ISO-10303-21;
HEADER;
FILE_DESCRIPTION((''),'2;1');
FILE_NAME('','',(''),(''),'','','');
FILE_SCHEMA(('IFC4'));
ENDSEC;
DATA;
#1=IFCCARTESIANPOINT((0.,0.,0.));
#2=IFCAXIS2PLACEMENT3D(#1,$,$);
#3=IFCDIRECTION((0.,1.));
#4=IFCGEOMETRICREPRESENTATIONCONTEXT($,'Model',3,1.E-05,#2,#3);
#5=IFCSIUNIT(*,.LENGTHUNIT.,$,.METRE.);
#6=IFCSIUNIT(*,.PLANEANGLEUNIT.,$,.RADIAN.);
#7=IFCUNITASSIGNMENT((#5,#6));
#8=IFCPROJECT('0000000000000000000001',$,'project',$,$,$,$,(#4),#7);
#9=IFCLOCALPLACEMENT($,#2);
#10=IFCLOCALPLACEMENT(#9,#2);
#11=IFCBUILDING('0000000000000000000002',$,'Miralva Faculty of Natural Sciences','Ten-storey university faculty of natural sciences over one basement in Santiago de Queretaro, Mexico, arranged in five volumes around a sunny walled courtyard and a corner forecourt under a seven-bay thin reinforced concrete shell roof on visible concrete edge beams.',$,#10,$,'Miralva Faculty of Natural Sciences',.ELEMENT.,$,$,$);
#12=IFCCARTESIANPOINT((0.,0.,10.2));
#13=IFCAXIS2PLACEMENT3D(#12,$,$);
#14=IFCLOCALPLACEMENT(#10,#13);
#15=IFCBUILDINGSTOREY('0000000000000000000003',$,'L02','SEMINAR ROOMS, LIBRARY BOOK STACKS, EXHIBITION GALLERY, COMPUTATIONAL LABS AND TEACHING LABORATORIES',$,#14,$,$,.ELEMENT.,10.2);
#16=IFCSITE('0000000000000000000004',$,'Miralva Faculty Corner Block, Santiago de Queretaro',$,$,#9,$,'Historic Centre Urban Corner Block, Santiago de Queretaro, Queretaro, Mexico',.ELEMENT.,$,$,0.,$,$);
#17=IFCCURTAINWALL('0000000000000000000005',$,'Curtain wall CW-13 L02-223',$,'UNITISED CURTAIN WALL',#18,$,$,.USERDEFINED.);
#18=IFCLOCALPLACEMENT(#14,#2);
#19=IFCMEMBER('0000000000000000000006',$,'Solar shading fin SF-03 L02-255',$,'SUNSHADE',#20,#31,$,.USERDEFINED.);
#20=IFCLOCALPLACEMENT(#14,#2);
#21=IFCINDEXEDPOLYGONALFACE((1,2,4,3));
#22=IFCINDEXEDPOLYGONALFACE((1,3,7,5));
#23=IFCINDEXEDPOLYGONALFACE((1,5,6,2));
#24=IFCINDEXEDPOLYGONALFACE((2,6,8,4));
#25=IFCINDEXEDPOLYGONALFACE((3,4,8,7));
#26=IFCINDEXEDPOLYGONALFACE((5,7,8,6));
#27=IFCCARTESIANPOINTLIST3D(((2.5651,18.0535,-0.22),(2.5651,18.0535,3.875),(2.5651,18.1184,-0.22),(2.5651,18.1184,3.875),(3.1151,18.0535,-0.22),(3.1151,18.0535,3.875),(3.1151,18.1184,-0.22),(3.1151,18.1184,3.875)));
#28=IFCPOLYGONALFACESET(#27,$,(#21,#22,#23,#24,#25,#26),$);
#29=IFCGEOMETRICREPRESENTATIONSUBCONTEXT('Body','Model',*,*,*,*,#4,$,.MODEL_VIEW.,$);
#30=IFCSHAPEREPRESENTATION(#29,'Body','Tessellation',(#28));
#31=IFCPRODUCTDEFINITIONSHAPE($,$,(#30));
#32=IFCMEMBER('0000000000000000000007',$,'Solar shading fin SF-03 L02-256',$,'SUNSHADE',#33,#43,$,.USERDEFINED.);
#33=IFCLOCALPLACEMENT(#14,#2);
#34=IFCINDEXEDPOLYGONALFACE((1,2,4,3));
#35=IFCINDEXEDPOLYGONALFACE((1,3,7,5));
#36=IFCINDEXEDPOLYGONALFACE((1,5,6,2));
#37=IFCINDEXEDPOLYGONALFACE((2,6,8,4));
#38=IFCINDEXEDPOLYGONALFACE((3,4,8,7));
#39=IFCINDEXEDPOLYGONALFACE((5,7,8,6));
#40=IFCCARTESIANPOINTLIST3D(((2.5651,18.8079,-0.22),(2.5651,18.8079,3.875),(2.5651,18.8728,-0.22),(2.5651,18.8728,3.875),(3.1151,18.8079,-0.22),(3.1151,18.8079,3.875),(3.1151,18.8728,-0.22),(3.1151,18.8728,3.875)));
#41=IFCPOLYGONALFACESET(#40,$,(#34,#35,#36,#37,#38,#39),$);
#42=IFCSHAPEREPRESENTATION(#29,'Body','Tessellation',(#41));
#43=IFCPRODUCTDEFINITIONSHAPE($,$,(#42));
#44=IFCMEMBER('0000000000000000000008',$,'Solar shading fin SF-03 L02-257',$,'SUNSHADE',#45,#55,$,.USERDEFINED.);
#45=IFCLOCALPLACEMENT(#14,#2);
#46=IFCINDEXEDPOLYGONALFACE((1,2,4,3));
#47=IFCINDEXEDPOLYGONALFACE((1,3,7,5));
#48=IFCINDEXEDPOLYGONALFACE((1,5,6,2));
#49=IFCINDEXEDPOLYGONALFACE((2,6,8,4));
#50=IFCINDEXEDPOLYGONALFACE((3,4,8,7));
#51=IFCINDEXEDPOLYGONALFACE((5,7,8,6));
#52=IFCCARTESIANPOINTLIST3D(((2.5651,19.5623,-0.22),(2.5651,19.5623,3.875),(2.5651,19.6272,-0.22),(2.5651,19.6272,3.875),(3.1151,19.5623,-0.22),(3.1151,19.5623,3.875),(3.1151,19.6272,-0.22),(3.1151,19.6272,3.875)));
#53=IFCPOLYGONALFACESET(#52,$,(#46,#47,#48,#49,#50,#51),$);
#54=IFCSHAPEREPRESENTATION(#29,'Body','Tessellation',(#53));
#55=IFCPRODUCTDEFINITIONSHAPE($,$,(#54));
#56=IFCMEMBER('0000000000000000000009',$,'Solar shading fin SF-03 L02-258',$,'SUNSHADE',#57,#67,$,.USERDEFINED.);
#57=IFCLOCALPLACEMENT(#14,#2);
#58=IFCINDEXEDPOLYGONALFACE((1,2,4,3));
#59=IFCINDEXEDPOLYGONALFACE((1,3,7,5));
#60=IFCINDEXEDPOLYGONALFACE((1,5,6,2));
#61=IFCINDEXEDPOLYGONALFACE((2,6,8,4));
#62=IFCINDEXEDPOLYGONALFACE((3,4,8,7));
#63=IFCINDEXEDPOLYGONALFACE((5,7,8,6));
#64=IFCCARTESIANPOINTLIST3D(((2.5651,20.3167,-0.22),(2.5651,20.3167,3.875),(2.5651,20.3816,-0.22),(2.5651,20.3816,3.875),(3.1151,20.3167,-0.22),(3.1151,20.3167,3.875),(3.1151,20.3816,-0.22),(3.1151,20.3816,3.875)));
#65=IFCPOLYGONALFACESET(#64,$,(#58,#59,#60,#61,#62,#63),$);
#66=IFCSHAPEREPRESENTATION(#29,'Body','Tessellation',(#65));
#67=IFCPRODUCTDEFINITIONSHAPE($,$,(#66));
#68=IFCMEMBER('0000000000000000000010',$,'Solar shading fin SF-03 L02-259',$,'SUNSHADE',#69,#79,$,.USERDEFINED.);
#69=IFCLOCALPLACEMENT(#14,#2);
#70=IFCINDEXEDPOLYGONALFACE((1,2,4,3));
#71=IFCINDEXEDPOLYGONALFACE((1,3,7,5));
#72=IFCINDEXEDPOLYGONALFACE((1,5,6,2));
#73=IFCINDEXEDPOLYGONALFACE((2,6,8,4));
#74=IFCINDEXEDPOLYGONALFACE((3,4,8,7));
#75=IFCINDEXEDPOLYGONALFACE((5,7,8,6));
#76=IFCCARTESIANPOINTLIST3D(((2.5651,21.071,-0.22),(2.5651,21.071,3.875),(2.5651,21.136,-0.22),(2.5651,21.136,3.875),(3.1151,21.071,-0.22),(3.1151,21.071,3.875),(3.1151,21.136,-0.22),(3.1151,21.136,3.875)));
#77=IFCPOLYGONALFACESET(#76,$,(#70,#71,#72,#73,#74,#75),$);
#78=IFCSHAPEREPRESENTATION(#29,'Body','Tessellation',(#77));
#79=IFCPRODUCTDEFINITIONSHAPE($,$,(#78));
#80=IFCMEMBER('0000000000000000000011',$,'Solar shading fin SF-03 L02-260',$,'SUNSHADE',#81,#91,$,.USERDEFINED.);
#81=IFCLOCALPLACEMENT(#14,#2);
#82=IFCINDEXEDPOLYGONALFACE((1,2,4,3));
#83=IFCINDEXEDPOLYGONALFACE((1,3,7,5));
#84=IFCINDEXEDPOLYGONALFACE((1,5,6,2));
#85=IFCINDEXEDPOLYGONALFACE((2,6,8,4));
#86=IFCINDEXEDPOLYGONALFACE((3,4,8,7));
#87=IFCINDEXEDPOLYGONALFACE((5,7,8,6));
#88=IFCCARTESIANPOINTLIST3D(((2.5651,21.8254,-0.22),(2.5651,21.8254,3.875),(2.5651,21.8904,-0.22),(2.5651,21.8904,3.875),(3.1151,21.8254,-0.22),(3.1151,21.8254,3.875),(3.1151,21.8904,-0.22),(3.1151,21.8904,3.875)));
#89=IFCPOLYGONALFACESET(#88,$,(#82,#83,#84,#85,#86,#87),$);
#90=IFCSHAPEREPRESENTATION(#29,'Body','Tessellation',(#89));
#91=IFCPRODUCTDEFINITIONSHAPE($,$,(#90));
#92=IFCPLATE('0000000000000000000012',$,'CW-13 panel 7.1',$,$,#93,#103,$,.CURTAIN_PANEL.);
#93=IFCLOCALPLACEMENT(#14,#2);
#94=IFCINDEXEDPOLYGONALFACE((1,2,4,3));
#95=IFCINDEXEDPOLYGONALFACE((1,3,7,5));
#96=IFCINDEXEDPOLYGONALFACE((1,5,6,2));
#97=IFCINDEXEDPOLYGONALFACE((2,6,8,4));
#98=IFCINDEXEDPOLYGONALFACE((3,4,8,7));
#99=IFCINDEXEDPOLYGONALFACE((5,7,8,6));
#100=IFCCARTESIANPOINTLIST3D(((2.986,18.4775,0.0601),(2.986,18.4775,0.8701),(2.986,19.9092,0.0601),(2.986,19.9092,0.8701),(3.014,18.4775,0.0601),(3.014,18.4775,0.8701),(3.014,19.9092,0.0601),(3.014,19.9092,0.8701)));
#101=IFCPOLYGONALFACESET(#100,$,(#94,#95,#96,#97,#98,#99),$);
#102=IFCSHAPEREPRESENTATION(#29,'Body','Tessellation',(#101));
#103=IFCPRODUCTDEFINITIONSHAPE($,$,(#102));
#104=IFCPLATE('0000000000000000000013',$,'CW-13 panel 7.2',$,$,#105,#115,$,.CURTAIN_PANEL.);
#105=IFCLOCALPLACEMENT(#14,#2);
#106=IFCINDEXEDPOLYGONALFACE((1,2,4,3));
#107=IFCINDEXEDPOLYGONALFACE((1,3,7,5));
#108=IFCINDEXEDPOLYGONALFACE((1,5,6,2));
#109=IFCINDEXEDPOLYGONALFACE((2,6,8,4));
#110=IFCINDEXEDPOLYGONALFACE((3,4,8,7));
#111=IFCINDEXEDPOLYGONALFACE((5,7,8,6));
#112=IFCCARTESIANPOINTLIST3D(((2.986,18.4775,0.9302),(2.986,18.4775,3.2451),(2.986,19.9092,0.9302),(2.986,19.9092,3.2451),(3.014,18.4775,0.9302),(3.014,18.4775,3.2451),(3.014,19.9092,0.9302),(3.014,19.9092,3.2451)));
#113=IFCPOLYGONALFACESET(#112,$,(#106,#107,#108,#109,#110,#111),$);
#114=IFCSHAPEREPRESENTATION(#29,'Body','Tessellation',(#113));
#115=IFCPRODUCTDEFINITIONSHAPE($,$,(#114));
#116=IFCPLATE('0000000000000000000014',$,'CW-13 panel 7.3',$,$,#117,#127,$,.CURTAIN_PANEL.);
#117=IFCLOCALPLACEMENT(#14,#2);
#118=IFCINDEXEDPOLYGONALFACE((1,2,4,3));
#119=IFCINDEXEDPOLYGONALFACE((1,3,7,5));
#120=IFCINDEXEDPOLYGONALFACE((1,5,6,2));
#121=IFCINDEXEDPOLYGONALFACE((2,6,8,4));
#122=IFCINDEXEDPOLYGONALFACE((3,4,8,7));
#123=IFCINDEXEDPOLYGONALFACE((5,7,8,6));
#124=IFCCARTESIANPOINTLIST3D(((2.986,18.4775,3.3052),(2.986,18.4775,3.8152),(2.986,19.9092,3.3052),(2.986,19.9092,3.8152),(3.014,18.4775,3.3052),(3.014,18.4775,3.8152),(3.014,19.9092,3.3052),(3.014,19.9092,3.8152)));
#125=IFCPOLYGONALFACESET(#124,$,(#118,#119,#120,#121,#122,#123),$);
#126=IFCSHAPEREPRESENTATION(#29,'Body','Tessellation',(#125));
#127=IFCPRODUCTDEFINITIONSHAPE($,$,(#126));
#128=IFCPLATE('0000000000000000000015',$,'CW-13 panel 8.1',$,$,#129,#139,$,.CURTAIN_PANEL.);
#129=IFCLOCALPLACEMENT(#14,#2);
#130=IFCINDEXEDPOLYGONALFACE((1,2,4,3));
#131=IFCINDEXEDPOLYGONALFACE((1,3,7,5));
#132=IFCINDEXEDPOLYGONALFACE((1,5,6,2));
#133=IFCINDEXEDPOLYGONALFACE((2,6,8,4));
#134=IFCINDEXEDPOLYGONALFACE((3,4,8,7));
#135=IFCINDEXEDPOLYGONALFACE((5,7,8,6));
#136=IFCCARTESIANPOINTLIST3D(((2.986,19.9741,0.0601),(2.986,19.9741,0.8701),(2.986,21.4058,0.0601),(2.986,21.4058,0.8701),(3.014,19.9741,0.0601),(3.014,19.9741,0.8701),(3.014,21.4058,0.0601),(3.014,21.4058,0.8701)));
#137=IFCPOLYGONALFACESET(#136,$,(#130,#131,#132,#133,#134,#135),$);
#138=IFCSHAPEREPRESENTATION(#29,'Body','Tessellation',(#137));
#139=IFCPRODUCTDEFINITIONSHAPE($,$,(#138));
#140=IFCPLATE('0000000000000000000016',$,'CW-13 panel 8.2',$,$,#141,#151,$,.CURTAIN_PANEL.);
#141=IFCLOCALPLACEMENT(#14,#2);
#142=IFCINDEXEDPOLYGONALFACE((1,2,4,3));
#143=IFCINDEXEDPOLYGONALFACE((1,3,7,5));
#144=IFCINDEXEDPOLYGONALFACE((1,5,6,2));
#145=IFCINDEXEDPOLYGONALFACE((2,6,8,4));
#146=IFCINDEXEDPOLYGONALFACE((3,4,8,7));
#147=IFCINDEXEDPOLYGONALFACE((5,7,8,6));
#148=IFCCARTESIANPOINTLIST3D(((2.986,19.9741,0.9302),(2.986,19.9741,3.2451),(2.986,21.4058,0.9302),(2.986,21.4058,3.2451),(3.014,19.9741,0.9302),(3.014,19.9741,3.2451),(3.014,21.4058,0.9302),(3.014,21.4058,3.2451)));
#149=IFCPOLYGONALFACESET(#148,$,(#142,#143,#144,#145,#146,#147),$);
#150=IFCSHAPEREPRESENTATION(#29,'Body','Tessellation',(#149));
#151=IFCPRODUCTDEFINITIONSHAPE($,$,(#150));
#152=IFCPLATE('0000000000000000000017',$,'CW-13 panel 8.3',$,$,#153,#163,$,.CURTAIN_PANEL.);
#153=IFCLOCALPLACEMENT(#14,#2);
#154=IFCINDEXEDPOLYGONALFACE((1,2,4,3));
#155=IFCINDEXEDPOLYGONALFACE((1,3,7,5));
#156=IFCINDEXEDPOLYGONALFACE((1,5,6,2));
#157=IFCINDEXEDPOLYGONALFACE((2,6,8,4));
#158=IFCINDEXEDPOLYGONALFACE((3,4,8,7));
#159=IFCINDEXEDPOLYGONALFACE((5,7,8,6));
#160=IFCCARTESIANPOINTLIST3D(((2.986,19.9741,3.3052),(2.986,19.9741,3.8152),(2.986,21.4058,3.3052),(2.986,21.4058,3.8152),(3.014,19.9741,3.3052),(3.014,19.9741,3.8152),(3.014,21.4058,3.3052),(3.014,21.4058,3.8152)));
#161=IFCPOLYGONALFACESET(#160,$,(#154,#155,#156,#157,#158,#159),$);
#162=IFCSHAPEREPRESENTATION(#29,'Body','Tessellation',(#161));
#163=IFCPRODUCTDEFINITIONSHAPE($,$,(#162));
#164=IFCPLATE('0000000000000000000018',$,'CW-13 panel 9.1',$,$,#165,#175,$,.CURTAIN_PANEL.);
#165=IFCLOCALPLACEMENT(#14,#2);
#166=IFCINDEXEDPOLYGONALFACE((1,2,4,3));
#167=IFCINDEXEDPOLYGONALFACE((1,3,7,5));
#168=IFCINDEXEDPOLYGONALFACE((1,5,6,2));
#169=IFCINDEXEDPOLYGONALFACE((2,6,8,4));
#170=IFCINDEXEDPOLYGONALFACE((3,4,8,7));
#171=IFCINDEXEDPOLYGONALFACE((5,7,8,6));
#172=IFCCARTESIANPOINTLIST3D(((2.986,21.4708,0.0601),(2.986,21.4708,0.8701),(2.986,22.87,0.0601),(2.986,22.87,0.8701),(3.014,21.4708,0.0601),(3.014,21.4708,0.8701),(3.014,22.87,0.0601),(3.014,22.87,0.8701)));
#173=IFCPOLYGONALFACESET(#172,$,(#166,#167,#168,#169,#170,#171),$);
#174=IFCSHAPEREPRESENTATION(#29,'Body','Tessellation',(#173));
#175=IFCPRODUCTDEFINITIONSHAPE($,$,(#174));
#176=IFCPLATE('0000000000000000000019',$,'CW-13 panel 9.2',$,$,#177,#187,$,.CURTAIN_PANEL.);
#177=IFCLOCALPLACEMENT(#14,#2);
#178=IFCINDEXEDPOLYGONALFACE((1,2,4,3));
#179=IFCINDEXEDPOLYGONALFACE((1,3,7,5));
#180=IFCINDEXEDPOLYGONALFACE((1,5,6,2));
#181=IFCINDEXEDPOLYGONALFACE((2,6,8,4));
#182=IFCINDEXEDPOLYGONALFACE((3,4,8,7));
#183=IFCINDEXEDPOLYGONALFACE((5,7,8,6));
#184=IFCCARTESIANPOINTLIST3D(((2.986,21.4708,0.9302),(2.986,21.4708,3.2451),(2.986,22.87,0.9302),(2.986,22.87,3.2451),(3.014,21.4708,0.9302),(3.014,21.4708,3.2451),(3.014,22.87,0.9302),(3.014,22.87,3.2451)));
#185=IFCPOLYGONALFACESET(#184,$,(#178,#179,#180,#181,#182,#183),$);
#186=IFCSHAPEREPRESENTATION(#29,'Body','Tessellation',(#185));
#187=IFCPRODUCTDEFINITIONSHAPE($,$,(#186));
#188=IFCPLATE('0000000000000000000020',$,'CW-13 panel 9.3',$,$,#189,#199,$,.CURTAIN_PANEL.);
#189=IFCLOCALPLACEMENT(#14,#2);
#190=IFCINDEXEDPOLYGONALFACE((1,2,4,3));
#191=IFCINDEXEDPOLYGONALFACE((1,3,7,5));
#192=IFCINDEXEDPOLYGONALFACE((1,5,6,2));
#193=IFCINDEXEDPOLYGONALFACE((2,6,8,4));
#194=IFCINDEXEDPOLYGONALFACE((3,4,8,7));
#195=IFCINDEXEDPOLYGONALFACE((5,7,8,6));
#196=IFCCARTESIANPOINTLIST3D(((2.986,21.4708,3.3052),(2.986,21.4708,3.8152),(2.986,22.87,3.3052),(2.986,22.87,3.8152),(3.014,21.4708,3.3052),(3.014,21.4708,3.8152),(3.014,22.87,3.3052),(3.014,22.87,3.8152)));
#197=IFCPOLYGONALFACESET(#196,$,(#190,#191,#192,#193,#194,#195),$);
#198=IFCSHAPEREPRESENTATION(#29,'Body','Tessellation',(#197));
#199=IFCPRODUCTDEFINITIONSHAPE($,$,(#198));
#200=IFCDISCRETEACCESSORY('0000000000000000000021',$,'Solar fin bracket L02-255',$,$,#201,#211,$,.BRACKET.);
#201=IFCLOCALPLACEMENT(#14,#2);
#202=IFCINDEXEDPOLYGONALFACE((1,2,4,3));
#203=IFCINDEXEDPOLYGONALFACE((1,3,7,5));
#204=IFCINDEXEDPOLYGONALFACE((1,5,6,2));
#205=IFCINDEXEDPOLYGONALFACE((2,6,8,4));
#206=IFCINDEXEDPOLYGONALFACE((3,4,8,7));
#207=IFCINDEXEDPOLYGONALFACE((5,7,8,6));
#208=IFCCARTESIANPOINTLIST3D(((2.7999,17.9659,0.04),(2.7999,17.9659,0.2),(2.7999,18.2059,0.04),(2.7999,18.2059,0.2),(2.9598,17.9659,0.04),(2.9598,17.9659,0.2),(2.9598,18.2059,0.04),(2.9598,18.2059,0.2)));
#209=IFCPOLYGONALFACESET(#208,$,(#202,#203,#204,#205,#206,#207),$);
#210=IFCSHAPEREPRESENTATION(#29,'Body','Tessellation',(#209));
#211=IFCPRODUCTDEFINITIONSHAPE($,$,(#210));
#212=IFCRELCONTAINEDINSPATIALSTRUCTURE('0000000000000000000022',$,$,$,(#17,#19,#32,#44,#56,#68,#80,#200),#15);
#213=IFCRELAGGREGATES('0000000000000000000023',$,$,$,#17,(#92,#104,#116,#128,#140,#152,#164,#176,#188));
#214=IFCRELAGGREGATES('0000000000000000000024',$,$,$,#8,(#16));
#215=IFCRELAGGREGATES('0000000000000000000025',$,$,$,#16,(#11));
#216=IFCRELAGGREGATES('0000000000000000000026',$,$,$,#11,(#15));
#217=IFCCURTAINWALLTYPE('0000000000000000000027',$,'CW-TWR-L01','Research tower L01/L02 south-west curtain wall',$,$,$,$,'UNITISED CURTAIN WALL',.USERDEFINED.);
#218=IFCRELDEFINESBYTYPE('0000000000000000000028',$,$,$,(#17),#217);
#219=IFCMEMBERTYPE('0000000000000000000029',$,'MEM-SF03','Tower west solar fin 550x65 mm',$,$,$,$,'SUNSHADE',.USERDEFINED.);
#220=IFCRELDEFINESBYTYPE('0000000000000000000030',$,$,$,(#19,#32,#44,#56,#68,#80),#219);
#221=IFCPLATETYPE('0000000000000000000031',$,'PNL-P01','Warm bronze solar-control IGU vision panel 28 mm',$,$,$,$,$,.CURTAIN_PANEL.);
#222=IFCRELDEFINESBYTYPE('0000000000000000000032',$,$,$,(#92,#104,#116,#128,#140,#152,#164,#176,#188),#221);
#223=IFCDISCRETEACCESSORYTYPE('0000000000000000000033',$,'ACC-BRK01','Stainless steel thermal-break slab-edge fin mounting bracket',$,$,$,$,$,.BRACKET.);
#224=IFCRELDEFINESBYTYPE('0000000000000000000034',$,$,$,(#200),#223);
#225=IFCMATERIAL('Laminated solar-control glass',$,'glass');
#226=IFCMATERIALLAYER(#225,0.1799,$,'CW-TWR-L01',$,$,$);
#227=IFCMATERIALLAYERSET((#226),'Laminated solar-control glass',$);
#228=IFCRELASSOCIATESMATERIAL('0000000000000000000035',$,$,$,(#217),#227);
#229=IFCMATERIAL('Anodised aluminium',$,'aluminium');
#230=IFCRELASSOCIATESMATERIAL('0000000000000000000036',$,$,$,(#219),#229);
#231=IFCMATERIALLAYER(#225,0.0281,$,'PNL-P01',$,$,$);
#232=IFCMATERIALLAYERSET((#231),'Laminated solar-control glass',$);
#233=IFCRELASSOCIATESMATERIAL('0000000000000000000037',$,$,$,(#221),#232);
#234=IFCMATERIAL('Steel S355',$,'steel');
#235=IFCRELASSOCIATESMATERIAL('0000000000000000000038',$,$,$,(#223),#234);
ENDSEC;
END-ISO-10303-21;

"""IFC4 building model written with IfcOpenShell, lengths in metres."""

from ifc_helpers import new_model, si_unit, direction, frame, origin, origin_2d, place, context, subcontext, project, spatial, rectangle, extrude, material, layer, layer_set, material_profile, profile_set, type_object, element, aggregate, save


model = new_model("IFC4")

# Units and contexts
model_context = context("Model", 3, precision=1e-05, world=origin(), true_north=direction((0.0, 1.0)))
body_context = subcontext(model_context, "Body", "Model", "MODEL_VIEW")
ifc_project = project(units=[si_unit("LENGTHUNIT", "METRE"), si_unit("PLANEANGLEUNIT", "RADIAN")], contexts=[model_context])

# Site, building, storey
site_placement = place(None, origin())
site = spatial("IfcSite", under=ifc_project, at=site_placement, Name="Miralva Faculty Corner Block, Santiago de Queretaro", LongName="Historic Centre Urban Corner Block, Santiago de Queretaro, Queretaro, Mexico", CompositionType="ELEMENT", RefElevation=0.0)
building_placement = place(site_placement, origin())
building = spatial("IfcBuilding", under=site, at=building_placement, Name="Miralva Faculty of Natural Sciences", Description="Ten-storey university faculty of natural sciences over one basement in Santiago de Queretaro, Mexico, arranged in five volumes around a sunny walled courtyard and a corner forecourt under a seven-bay thin reinforced concrete shell roof on visible concrete edge beams.", LongName="Miralva Faculty of Natural Sciences", CompositionType="ELEMENT")
storey_placement = place(building_placement, frame((0.0, 0.0, 10.2)))
storey = spatial("IfcBuildingStorey", under=building, at=storey_placement, Name="L02", Description="SEMINAR ROOMS, LIBRARY BOOK STACKS, EXHIBITION GALLERY, COMPUTATIONAL LABS AND TEACHING LABORATORIES", CompositionType="ELEMENT", Elevation=10.2)

# Curtain wall
ifc_material_1 = material(Name="Laminated solar-control glass", Category="glass")
ifc_layer_1 = layer(ifc_material_1, 0.1799, Name="CW-TWR-L01")
ifc_layer_set_1 = layer_set([ifc_layer_1], Name="Laminated solar-control glass")
curtain_wall_type = type_object("IfcCurtainWallType", Name="CW-TWR-L01", Description="Research tower L01/L02 south-west curtain wall", ElementType="UNITISED CURTAIN WALL", PredefinedType="USERDEFINED", material=ifc_layer_set_1)
curtain_wall_placement = place(storey_placement, origin())
curtain_wall = element("IfcCurtainWall", 1, at=curtain_wall_placement, inside=storey, type_object=curtain_wall_type, Name="Curtain wall CW-13 L02-223", ObjectType="UNITISED CURTAIN WALL", PredefinedType="USERDEFINED")
ifc_material_2 = material(Name="Anodised aluminium", Category="aluminium")

# Members
ifc_material_profile_1 = material_profile(ifc_material_2, rectangle(XDim=0.0649, YDim=0.55, at=origin_2d()), Name="FIN 550x65")
ifc_profile_set_1 = profile_set([ifc_material_profile_1], Name="Anodised aluminium")
member_type_1 = type_object("IfcMemberType", Name="MEM-SF03", Description="Tower west solar fin 550x65 mm", ElementType="SUNSHADE", PredefinedType="USERDEFINED", material=ifc_profile_set_1)
for number, where, z_axis, x_axis, name in (
    (2, (2.8401, 18.0859, -0.22), (0.0, 0.0, 1.0), (0.0, -1.0, 0.0), "Solar shading fin SF-03 L02-255"),
    (3, (2.8401, 18.8403, -0.22), (0.0, 0.0, 1.0), (0.0, -1.0, 0.0), "Solar shading fin SF-03 L02-256"),
    (4, (2.8401, 19.5947, -0.22), (0.0, 0.0, 1.0), (0.0, -1.0, 0.0), "Solar shading fin SF-03 L02-257"),
    (5, (2.8401, 20.3491, -0.22), (0.0, 0.0, 1.0), (0.0, -1.0, 0.0), "Solar shading fin SF-03 L02-258"),
    (6, (2.8401, 21.1035, -0.22), (0.0, 0.0, 1.0), (0.0, -1.0, 0.0), "Solar shading fin SF-03 L02-259"),
    (7, (2.8401, 21.8579, -0.22), (0.0, 0.0, 1.0), (0.0, -1.0, 0.0), "Solar shading fin SF-03 L02-260"),
):
    element("IfcMember", number, at=place(storey_placement, frame(where, z_axis=z_axis, x_axis=x_axis)), inside=storey, type_object=member_type_1, Name=name, ObjectType="SUNSHADE", PredefinedType="USERDEFINED", context=body_context, shape_type="SweptSolid", body=[
        extrude(rectangle(XDim=0.0649, YDim=0.55, at=origin_2d()), origin(), (0.0, 0.0, 1.0), 4.095),
    ])

# Plates
ifc_layer_2 = layer(ifc_material_1, 0.0281, Name="PNL-P01")
ifc_layer_set_2 = layer_set([ifc_layer_2], Name="Laminated solar-control glass")
plate_type = type_object("IfcPlateType", Name="PNL-P01", Description="Warm bronze solar-control IGU vision panel 28 mm", PredefinedType="CURTAIN_PANEL", material=ifc_layer_set_2)
plate_1_placement = place(storey_placement, frame((3.0, 19.1934, 0.0601), z_axis=(0.0, 0.0, 1.0), x_axis=(0.0, 1.0, 0.0)))
plate_1 = element("IfcPlate", 8, at=plate_1_placement, type_object=plate_type, Name="CW-13 panel 7.1", PredefinedType="CURTAIN_PANEL", context=body_context, shape_type="SweptSolid", body=[
    extrude(rectangle(XDim=1.4316, YDim=0.0281, at=origin_2d()), origin(), (0.0, 0.0, 1.0), 0.8101),
])
plate_2_placement = place(storey_placement, frame((3.0, 19.1934, 0.9302), z_axis=(0.0, 0.0, 1.0), x_axis=(0.0, 1.0, 0.0)))
plate_2 = element("IfcPlate", 9, at=plate_2_placement, type_object=plate_type, Name="CW-13 panel 7.2", PredefinedType="CURTAIN_PANEL", context=body_context, shape_type="SweptSolid", body=[
    extrude(rectangle(XDim=1.4316, YDim=0.0281, at=origin_2d()), origin(), (0.0, 0.0, 1.0), 2.3149),
])
plate_3_placement = place(storey_placement, frame((3.0, 19.1934, 3.3052), z_axis=(0.0, 0.0, 1.0), x_axis=(0.0, 1.0, 0.0)))
plate_3 = element("IfcPlate", 10, at=plate_3_placement, type_object=plate_type, Name="CW-13 panel 7.3", PredefinedType="CURTAIN_PANEL", context=body_context, shape_type="SweptSolid", body=[
    extrude(rectangle(XDim=1.4316, YDim=0.0281, at=origin_2d()), origin(), (0.0, 0.0, 1.0), 0.51),
])
plate_4_placement = place(storey_placement, frame((3.0, 20.6899, 0.0601), z_axis=(0.0, 0.0, 1.0), x_axis=(0.0, 1.0, 0.0)))
plate_4 = element("IfcPlate", 11, at=plate_4_placement, type_object=plate_type, Name="CW-13 panel 8.1", PredefinedType="CURTAIN_PANEL", context=body_context, shape_type="SweptSolid", body=[
    extrude(rectangle(XDim=1.4316, YDim=0.0281, at=origin_2d()), origin(), (0.0, 0.0, 1.0), 0.8101),
])
plate_5_placement = place(storey_placement, frame((3.0, 20.6899, 0.9302), z_axis=(0.0, 0.0, 1.0), x_axis=(0.0, 1.0, 0.0)))
plate_5 = element("IfcPlate", 12, at=plate_5_placement, type_object=plate_type, Name="CW-13 panel 8.2", PredefinedType="CURTAIN_PANEL", context=body_context, shape_type="SweptSolid", body=[
    extrude(rectangle(XDim=1.4316, YDim=0.0281, at=origin_2d()), origin(), (0.0, 0.0, 1.0), 2.3149),
])
plate_6_placement = place(storey_placement, frame((3.0, 20.6899, 3.3052), z_axis=(0.0, 0.0, 1.0), x_axis=(0.0, 1.0, 0.0)))
plate_6 = element("IfcPlate", 13, at=plate_6_placement, type_object=plate_type, Name="CW-13 panel 8.3", PredefinedType="CURTAIN_PANEL", context=body_context, shape_type="SweptSolid", body=[
    extrude(rectangle(XDim=1.4316, YDim=0.0281, at=origin_2d()), origin(), (0.0, 0.0, 1.0), 0.51),
])
plate_7_placement = place(storey_placement, frame((3.0, 22.1704, 0.0601), z_axis=(0.0, 0.0, 1.0), x_axis=(0.0, 1.0, 0.0)))
plate_7 = element("IfcPlate", 14, at=plate_7_placement, type_object=plate_type, Name="CW-13 panel 9.1", PredefinedType="CURTAIN_PANEL", context=body_context, shape_type="SweptSolid", body=[
    extrude(rectangle(XDim=1.3992, YDim=0.0281, at=origin_2d()), origin(), (0.0, 0.0, 1.0), 0.8101),
])
plate_8_placement = place(storey_placement, frame((3.0, 22.1704, 0.9302), z_axis=(0.0, 0.0, 1.0), x_axis=(0.0, 1.0, 0.0)))
plate_8 = element("IfcPlate", 15, at=plate_8_placement, type_object=plate_type, Name="CW-13 panel 9.2", PredefinedType="CURTAIN_PANEL", context=body_context, shape_type="SweptSolid", body=[
    extrude(rectangle(XDim=1.3992, YDim=0.0281, at=origin_2d()), origin(), (0.0, 0.0, 1.0), 2.3149),
])
plate_9_placement = place(storey_placement, frame((3.0, 22.1704, 3.3052), z_axis=(0.0, 0.0, 1.0), x_axis=(0.0, 1.0, 0.0)))
plate_9 = element("IfcPlate", 16, at=plate_9_placement, type_object=plate_type, Name="CW-13 panel 9.3", PredefinedType="CURTAIN_PANEL", context=body_context, shape_type="SweptSolid", body=[
    extrude(rectangle(XDim=1.3992, YDim=0.0281, at=origin_2d()), origin(), (0.0, 0.0, 1.0), 0.51),
])
aggregate(curtain_wall, [plate_1, plate_2, plate_3, plate_4, plate_5, plate_6, plate_7, plate_8, plate_9])

# Discrete accessory
ifc_material_3 = material(Name="Steel S355", Category="steel")
discrete_accessory_type = type_object("IfcDiscreteAccessoryType", Name="ACC-BRK01", Description="Stainless steel thermal-break slab-edge fin mounting bracket", PredefinedType="BRACKET", material=ifc_material_3)
for number, where, z_axis, x_axis, name in (
    (17, (2.8799, 18.0859, 0.04), (0.0, 0.0, 1.0), (-1.0, 0.0, 0.0), "Solar fin bracket L02-255"),
):
    element("IfcDiscreteAccessory", number, at=place(storey_placement, frame(where, z_axis=z_axis, x_axis=x_axis)), inside=storey, type_object=discrete_accessory_type, Name=name, PredefinedType="BRACKET", context=body_context, shape_type="SweptSolid", body=[
        extrude(rectangle(XDim=0.1599, YDim=0.24, at=origin_2d()), origin(), (0.0, 0.0, 1.0), 0.1599),
    ])

save(model, "model.ifc")
